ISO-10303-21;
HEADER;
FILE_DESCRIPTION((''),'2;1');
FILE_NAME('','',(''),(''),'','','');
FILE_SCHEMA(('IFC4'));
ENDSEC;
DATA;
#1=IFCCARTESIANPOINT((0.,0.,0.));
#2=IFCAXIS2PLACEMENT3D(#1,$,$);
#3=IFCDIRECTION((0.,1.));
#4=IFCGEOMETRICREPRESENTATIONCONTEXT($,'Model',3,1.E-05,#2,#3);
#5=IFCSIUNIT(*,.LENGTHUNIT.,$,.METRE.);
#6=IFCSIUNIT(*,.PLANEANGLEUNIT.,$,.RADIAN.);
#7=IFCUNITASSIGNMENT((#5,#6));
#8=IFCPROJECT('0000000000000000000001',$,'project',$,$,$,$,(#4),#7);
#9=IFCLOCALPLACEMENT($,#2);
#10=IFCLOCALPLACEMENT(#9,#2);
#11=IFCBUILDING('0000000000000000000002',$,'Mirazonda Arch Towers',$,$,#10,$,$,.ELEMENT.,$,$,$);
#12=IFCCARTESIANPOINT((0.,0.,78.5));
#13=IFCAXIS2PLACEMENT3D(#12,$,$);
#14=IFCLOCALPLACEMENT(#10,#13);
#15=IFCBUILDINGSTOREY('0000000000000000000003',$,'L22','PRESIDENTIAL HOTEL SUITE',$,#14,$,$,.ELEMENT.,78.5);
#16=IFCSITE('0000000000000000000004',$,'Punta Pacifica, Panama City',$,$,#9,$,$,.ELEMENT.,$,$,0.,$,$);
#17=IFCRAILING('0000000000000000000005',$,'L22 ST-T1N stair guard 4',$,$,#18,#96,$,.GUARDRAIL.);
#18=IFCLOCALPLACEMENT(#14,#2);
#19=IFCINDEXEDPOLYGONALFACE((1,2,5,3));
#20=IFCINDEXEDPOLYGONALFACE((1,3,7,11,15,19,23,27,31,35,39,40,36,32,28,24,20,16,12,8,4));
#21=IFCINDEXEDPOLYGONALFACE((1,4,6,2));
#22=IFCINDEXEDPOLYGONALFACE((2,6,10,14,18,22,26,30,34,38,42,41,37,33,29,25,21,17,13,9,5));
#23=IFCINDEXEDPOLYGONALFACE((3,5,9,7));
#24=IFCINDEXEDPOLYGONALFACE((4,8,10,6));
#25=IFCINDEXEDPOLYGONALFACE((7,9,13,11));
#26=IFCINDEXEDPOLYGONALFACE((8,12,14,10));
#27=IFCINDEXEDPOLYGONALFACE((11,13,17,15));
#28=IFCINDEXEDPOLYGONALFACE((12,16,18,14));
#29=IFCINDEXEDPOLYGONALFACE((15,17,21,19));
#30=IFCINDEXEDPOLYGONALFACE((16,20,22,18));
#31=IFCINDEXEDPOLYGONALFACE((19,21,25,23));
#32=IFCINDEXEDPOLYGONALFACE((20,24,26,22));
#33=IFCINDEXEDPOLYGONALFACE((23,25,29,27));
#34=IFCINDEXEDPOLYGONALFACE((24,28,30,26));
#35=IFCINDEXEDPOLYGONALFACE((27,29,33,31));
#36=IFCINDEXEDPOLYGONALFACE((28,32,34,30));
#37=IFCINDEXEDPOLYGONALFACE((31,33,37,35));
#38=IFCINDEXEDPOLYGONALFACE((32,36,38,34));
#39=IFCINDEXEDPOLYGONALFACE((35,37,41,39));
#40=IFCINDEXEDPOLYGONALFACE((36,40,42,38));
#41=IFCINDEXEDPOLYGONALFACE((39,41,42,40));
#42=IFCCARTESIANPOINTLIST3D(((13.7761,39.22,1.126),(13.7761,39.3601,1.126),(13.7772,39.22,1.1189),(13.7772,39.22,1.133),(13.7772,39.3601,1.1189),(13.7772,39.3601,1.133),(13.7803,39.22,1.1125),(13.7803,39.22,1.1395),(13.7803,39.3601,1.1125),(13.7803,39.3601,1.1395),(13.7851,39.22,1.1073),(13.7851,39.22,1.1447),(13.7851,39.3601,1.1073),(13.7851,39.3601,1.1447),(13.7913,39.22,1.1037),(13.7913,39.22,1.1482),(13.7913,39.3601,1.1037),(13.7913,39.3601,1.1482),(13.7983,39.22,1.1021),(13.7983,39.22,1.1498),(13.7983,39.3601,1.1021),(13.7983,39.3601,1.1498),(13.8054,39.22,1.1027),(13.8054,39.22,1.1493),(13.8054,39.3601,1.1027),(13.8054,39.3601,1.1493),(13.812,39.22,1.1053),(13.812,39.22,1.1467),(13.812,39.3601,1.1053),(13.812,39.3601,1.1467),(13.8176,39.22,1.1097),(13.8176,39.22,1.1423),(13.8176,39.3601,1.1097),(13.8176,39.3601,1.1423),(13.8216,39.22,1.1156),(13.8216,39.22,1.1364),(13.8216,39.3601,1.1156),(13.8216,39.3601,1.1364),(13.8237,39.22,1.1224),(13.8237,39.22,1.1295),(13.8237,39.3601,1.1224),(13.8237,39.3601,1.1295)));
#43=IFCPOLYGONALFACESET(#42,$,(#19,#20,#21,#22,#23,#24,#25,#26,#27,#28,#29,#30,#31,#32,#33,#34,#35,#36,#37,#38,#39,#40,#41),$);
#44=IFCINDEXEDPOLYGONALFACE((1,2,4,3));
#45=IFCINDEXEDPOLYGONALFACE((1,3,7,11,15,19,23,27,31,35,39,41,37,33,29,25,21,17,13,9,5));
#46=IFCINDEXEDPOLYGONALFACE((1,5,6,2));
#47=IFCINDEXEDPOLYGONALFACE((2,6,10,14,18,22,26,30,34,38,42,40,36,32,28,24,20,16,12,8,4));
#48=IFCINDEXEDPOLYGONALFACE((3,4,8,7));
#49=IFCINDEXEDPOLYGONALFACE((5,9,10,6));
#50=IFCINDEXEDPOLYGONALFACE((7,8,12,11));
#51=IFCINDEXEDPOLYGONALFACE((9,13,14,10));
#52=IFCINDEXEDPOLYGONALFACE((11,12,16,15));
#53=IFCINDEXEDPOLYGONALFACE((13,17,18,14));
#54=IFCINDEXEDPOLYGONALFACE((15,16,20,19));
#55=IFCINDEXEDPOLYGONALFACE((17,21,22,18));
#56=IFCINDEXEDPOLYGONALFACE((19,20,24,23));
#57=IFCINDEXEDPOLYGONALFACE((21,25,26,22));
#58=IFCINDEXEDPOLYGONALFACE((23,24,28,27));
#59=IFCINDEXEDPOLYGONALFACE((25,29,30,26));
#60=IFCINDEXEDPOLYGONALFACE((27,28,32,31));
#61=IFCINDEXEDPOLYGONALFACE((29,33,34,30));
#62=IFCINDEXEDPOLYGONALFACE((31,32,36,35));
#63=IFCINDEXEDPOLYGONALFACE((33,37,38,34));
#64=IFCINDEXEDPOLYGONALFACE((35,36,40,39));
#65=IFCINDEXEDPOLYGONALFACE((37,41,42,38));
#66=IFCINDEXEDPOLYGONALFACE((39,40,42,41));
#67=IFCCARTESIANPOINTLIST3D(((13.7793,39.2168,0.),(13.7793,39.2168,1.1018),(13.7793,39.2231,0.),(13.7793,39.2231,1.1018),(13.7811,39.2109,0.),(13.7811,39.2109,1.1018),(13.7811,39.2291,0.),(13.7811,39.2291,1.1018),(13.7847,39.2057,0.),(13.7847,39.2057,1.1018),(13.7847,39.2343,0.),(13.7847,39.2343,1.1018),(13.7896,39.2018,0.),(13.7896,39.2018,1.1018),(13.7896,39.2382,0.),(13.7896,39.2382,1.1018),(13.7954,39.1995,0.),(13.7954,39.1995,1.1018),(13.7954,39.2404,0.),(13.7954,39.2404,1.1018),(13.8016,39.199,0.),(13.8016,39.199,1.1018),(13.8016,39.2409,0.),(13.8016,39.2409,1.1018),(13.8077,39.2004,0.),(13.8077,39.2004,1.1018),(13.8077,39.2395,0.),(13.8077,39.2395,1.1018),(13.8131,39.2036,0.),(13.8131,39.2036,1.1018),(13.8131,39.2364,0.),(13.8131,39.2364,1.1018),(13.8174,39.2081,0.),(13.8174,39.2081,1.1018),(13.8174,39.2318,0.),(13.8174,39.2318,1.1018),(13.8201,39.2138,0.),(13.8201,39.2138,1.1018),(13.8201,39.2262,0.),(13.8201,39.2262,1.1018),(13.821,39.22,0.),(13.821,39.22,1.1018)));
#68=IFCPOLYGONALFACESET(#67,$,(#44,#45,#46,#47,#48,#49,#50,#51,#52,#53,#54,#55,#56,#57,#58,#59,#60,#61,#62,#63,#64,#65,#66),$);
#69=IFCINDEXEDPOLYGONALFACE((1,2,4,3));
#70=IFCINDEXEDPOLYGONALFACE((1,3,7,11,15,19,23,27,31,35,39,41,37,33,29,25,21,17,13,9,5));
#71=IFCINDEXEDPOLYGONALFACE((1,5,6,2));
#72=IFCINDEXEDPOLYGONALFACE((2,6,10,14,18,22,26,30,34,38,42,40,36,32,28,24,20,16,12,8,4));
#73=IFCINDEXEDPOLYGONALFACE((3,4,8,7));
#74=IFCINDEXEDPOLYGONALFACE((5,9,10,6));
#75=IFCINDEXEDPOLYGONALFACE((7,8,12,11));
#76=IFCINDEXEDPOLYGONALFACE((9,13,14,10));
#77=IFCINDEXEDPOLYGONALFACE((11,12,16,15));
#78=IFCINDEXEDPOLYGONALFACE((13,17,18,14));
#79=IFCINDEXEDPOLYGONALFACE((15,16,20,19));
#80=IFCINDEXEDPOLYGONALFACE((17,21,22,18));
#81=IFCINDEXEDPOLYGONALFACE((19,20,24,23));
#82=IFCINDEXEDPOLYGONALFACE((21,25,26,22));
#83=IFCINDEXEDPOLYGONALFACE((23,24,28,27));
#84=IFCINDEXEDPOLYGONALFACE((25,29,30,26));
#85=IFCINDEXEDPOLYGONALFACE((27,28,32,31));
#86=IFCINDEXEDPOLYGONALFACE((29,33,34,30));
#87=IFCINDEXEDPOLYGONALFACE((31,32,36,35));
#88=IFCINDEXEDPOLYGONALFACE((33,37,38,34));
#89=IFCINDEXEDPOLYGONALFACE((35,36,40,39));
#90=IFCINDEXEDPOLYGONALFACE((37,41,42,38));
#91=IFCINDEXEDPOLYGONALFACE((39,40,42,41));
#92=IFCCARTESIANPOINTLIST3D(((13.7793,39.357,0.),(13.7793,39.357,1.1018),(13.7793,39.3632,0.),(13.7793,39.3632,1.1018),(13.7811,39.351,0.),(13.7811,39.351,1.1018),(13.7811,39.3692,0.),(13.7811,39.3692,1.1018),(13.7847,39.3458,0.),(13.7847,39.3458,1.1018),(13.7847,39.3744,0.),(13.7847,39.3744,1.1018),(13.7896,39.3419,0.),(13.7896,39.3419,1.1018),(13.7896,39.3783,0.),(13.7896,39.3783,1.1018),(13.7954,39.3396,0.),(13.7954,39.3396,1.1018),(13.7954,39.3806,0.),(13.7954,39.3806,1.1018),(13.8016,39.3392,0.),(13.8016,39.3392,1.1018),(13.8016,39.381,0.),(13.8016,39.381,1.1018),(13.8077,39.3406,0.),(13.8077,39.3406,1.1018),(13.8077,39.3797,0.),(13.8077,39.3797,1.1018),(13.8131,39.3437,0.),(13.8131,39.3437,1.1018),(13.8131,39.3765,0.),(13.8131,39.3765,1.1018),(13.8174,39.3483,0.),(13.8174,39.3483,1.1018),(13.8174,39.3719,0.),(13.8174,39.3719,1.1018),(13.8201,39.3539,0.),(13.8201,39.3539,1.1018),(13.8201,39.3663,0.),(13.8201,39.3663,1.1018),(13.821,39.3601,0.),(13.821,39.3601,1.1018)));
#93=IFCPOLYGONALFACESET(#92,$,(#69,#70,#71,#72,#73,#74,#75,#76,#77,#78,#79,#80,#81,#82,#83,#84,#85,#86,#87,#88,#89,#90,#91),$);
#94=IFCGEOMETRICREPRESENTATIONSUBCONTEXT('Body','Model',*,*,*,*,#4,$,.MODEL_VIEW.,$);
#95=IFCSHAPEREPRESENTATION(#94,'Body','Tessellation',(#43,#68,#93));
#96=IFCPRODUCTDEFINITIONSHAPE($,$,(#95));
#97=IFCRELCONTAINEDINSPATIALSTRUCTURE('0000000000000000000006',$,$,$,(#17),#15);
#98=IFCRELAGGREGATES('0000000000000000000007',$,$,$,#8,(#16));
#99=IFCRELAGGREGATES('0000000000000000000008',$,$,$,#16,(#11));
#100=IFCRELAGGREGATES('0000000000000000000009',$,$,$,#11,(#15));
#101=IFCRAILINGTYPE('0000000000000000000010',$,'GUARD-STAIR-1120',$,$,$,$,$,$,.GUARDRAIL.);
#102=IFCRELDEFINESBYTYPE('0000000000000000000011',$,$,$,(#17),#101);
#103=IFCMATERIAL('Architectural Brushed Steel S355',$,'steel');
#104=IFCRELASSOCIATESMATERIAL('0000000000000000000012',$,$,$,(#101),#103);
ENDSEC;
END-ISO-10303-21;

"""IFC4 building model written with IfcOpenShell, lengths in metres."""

from ifc_helpers import new_model, si_unit, direction, frame, origin, origin_2d, place, context, subcontext, project, spatial, circle, extrude, material, type_object, element, save


model = new_model("IFC4")

# Units and contexts
model_context = context("Model", 3, precision=1e-05, world=origin(), true_north=direction((0.0, 1.0)))
body_context = subcontext(model_context, "Body", "Model", "MODEL_VIEW")
ifc_project = project(units=[si_unit("LENGTHUNIT", "METRE"), si_unit("PLANEANGLEUNIT", "RADIAN")], contexts=[model_context])

# Site, building, storey
site_placement = place(None, origin())
site = spatial("IfcSite", under=ifc_project, at=site_placement, Name="Punta Pacifica, Panama City", CompositionType="ELEMENT", RefElevation=0.0)
building_placement = place(site_placement, origin())
building = spatial("IfcBuilding", under=site, at=building_placement, Name="Mirazonda Arch Towers", CompositionType="ELEMENT")
storey_placement = place(building_placement, frame((0.0, 0.0, 78.5)))
storey = spatial("IfcBuildingStorey", under=building, at=storey_placement, Name="L22", Description="PRESIDENTIAL HOTEL SUITE", CompositionType="ELEMENT", Elevation=78.5)

# Shared definitions
ifc_material_1 = material(Name="Architectural Brushed Steel S355", Category="steel")

# Railing
railing_type_1 = type_object("IfcRailingType", Name="GUARD-STAIR-1120", PredefinedType="GUARDRAIL", material=ifc_material_1)
railing_1_placement = place(storey_placement, frame((13.8, 39.22, 0.0)))
element("IfcRailing", 1, at=railing_1_placement, inside=storey, type_object=railing_type_1, Name="L22 ST-T1N stair guard 4", PredefinedType="GUARDRAIL", context=body_context, shape_type="SweptSolid", body=[
    extrude(circle(Radius=0.0239, at=origin_2d()), frame((0.0, 0.0, 1.126), z_axis=(0.0, 1.0, 0.0), x_axis=(-1.0, 0.0, 0.0)), (0.0, 0.0, 1.0), 0.1401),
    extrude(circle(Radius=0.021, at=origin_2d()), origin(), (0.0, 0.0, 1.0), 1.1018),
    extrude(circle(Radius=0.021, at=origin_2d()), frame((0.0, 0.1401, 0.0)), (0.0, 0.0, 1.0), 1.1018),
])

save(model, "model.ifc")
